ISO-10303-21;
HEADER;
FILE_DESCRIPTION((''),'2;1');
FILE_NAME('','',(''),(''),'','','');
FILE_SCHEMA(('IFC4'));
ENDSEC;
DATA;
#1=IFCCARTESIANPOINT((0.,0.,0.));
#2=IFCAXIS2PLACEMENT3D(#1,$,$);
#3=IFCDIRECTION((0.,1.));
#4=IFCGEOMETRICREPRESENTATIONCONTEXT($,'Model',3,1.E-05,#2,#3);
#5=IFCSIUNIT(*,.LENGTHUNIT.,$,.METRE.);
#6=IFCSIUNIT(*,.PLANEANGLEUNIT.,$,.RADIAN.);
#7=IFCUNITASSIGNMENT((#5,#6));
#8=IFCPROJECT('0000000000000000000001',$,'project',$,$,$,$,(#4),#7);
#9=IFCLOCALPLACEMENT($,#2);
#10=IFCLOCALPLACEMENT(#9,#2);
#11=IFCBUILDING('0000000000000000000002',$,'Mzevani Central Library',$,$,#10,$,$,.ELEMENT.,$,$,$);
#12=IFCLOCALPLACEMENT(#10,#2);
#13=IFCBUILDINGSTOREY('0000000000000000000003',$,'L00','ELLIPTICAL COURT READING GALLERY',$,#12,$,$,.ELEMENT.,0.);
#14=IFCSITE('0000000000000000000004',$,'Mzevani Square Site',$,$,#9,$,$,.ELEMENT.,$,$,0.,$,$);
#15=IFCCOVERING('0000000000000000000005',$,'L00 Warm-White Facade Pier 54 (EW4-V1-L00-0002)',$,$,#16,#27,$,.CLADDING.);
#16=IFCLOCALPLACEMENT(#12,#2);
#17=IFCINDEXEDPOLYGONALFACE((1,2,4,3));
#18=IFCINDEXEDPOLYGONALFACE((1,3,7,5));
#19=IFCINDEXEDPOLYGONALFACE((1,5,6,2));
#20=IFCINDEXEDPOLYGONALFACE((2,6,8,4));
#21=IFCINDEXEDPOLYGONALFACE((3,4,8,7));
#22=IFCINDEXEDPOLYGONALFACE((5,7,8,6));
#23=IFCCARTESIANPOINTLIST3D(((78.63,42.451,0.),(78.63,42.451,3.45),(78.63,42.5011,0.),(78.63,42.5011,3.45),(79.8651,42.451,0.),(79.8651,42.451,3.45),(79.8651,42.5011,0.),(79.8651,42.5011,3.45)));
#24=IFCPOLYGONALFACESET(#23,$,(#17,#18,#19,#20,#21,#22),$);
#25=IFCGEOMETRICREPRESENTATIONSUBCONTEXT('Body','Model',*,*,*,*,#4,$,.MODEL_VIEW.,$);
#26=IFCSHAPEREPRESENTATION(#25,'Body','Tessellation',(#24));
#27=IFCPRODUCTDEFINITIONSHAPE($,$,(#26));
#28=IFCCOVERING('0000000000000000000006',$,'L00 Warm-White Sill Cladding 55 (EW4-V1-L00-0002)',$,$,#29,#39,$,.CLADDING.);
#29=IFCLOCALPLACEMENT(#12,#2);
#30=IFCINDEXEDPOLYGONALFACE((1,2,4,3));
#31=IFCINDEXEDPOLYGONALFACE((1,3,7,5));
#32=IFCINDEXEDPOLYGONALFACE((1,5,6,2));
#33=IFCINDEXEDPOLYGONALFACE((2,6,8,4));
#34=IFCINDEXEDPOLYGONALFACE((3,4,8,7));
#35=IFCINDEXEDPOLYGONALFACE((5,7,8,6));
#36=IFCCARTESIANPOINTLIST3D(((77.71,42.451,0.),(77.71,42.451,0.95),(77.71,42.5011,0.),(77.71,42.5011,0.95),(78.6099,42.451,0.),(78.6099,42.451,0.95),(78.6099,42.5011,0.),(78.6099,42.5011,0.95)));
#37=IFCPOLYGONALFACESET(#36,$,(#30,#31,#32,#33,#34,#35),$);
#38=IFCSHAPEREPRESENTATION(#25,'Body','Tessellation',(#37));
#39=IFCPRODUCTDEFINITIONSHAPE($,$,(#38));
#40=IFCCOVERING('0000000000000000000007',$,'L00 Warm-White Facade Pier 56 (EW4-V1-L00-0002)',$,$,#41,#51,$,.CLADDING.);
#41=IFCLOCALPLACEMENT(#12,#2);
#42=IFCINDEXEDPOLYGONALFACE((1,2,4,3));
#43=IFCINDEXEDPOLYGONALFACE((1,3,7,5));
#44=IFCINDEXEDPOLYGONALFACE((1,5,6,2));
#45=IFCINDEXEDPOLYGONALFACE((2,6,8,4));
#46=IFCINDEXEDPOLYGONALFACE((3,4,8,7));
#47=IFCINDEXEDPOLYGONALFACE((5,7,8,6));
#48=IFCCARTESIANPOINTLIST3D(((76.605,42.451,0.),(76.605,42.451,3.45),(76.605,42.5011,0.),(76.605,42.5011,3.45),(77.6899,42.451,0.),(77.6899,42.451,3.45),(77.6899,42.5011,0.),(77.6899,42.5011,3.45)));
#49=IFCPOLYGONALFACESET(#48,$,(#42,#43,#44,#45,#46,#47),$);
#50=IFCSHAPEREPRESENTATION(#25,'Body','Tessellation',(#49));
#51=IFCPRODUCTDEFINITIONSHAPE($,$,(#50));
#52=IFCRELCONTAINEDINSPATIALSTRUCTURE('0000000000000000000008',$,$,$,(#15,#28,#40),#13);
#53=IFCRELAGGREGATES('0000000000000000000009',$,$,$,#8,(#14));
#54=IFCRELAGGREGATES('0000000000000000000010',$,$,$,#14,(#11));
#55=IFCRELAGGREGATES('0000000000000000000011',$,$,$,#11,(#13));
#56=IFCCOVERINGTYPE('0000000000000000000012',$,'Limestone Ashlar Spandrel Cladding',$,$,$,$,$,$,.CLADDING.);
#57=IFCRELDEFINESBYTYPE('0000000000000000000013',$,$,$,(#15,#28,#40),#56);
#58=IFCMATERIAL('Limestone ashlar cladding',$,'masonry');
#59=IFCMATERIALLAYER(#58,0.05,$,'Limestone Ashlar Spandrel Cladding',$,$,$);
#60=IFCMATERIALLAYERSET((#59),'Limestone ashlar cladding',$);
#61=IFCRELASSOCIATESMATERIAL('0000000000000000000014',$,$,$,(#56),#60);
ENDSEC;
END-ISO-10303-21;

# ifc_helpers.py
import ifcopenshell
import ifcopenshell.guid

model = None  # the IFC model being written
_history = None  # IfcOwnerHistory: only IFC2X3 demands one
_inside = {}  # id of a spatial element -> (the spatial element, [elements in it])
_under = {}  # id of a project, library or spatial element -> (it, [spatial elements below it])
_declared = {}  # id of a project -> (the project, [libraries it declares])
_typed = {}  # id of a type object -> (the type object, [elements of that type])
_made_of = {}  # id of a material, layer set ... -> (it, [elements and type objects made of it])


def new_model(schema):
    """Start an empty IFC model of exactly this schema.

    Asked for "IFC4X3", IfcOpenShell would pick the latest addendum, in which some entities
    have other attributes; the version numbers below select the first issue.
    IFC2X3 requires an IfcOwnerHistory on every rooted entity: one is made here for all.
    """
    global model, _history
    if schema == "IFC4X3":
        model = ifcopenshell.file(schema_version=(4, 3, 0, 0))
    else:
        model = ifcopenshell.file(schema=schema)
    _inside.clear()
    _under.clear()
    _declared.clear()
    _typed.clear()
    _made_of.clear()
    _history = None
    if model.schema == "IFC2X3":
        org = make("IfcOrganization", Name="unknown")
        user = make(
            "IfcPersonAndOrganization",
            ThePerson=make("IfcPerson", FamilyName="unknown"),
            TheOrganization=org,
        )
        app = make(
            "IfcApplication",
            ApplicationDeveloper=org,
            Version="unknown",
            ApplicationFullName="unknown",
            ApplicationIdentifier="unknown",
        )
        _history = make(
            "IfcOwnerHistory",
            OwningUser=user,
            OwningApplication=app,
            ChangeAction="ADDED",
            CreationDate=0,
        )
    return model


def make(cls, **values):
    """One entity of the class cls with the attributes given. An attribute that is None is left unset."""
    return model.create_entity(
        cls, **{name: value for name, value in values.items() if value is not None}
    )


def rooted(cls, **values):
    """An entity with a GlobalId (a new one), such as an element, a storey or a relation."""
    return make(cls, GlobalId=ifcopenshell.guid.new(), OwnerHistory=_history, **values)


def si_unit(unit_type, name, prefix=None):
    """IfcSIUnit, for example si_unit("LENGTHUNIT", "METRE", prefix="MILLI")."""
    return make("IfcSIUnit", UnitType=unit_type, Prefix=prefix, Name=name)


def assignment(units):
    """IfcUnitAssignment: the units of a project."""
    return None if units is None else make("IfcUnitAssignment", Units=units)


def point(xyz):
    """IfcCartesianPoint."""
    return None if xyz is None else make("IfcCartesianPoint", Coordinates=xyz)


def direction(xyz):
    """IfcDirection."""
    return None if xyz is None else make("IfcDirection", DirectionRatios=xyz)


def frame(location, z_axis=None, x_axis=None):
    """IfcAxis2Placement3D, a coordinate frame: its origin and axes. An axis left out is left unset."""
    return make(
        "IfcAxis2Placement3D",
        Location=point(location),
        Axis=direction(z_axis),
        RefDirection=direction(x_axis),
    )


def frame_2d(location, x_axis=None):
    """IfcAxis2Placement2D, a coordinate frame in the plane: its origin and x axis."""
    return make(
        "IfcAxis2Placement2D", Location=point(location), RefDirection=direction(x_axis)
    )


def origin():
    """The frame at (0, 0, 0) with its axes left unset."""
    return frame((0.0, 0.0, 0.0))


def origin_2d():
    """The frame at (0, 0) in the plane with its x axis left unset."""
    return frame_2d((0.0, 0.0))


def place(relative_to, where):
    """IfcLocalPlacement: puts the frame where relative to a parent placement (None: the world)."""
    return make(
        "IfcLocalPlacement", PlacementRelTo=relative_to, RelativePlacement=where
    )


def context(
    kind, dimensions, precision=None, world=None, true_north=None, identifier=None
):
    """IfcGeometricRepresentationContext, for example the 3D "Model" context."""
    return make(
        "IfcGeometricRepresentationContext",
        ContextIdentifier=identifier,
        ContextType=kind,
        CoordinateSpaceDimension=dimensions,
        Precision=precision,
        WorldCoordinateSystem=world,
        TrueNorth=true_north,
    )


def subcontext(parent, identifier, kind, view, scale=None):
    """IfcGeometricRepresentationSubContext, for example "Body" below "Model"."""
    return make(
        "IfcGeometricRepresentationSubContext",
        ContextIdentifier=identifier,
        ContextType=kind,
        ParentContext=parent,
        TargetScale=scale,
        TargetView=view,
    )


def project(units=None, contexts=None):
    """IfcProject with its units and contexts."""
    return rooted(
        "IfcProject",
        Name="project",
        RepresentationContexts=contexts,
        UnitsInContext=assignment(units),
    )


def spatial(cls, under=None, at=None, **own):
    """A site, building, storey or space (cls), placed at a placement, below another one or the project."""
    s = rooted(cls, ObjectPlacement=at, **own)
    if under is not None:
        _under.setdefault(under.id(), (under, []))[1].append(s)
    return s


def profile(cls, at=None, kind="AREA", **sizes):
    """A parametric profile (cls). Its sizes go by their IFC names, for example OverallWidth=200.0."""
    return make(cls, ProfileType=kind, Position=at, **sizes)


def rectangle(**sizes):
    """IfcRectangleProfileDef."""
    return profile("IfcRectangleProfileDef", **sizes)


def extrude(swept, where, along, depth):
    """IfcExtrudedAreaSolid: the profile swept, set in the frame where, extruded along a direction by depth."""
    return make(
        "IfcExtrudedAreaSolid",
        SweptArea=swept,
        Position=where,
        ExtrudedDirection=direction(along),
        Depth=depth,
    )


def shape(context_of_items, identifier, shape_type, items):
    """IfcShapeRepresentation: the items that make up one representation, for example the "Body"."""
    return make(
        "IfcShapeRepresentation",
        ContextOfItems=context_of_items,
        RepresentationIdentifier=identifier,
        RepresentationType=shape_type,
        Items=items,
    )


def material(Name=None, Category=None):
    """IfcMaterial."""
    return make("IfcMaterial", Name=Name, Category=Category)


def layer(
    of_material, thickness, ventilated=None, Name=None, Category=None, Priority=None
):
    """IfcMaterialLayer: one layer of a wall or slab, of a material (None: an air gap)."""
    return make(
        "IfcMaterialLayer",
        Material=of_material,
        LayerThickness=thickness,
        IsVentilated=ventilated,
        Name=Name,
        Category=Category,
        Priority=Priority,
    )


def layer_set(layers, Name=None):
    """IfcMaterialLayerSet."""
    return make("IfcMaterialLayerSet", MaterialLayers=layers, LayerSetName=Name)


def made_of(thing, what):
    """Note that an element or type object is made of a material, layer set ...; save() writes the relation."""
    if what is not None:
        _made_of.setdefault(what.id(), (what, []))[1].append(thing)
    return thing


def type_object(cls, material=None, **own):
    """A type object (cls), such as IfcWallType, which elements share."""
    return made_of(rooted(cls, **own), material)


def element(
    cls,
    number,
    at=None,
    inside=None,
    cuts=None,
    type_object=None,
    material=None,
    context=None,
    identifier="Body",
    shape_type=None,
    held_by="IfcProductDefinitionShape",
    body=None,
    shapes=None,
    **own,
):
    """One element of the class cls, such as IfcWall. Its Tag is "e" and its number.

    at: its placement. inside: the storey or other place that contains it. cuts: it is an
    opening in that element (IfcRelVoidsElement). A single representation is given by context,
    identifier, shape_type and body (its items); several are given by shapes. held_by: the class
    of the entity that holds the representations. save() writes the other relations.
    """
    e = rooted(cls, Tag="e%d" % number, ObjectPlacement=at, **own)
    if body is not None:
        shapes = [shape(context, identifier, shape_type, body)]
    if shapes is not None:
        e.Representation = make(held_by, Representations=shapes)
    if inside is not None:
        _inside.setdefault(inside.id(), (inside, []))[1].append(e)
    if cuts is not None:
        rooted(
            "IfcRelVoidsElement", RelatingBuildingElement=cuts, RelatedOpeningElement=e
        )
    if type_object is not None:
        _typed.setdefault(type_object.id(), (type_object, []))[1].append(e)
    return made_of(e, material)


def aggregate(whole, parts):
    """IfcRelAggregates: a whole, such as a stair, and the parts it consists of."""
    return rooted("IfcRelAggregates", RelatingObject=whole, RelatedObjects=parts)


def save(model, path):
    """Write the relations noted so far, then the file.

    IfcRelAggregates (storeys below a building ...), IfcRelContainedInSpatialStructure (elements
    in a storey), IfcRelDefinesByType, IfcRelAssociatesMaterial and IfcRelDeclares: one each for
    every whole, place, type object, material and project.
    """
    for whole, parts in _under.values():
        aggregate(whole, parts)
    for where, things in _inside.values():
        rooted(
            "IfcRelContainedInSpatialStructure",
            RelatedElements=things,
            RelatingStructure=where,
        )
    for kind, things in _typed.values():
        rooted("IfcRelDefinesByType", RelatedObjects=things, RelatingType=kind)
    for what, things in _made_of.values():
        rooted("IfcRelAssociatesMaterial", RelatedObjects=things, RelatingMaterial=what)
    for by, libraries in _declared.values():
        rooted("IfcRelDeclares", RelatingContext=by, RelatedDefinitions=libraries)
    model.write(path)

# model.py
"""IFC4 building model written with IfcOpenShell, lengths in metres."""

from ifc_helpers import new_model, si_unit, direction, frame, origin, origin_2d, place, context, subcontext, project, spatial, rectangle, extrude, material, layer, layer_set, type_object, element, save


model = new_model("IFC4")

# Units and contexts
model_context = context("Model", 3, precision=1e-05, world=origin(), true_north=direction((0.0, 1.0)))
body_context = subcontext(model_context, "Body", "Model", "MODEL_VIEW")
ifc_project = project(units=[si_unit("LENGTHUNIT", "METRE"), si_unit("PLANEANGLEUNIT", "RADIAN")], contexts=[model_context])

# Site, building, storey
site_placement = place(None, origin())
site = spatial("IfcSite", under=ifc_project, at=site_placement, Name="Mzevani Square Site", CompositionType="ELEMENT", RefElevation=0.0)
building_placement = place(site_placement, origin())
building = spatial("IfcBuilding", under=site, at=building_placement, Name="Mzevani Central Library", CompositionType="ELEMENT")
storey_placement = place(building_placement, origin())
storey = spatial("IfcBuildingStorey", under=building, at=storey_placement, Name="L00", Description="ELLIPTICAL COURT READING GALLERY", CompositionType="ELEMENT", Elevation=0.0)

# Coverings
ifc_material_1 = material(Name="Limestone ashlar cladding", Category="masonry")
ifc_layer_1 = layer(ifc_material_1, 0.05, Name="Limestone Ashlar Spandrel Cladding")
ifc_layer_set_1 = layer_set([ifc_layer_1], Name="Limestone ashlar cladding")
covering_type = type_object("IfcCoveringType", Name="Limestone Ashlar Spandrel Cladding", PredefinedType="CLADDING", material=ifc_layer_set_1)
covering_1_placement = place(storey_placement, frame((79.2476, 42.4761, 0.0), z_axis=(0.0, 0.0, 1.0), x_axis=(-1.0, 0.0, 0.0)))
element("IfcCovering", 1, at=covering_1_placement, inside=storey, type_object=covering_type, Name="L00 Warm-White Facade Pier 54 (EW4-V1-L00-0002)", PredefinedType="CLADDING", context=body_context, shape_type="SweptSolid", body=[
    extrude(rectangle(XDim=1.2351, YDim=0.05, at=origin_2d()), origin(), (0.0, 0.0, 1.0), 3.45),
])
covering_2_placement = place(storey_placement, frame((78.1599, 42.4761, 0.0), z_axis=(0.0, 0.0, 1.0), x_axis=(-1.0, 0.0, 0.0)))
element("IfcCovering", 2, at=covering_2_placement, inside=storey, type_object=covering_type, Name="L00 Warm-White Sill Cladding 55 (EW4-V1-L00-0002)", PredefinedType="CLADDING", context=body_context, shape_type="SweptSolid", body=[
    extrude(rectangle(XDim=0.8999, YDim=0.05, at=origin_2d()), origin(), (0.0, 0.0, 1.0), 0.95),
])
covering_3_placement = place(storey_placement, frame((77.1475, 42.4761, 0.0), z_axis=(0.0, 0.0, 1.0), x_axis=(-1.0, 0.0, 0.0)))
element("IfcCovering", 3, at=covering_3_placement, inside=storey, type_object=covering_type, Name="L00 Warm-White Facade Pier 56 (EW4-V1-L00-0002)", PredefinedType="CLADDING", context=body_context, shape_type="SweptSolid", body=[
    extrude(rectangle(XDim=1.085, YDim=0.05, at=origin_2d()), origin(), (0.0, 0.0, 1.0), 3.45),
])

save(model, "model.ifc")
